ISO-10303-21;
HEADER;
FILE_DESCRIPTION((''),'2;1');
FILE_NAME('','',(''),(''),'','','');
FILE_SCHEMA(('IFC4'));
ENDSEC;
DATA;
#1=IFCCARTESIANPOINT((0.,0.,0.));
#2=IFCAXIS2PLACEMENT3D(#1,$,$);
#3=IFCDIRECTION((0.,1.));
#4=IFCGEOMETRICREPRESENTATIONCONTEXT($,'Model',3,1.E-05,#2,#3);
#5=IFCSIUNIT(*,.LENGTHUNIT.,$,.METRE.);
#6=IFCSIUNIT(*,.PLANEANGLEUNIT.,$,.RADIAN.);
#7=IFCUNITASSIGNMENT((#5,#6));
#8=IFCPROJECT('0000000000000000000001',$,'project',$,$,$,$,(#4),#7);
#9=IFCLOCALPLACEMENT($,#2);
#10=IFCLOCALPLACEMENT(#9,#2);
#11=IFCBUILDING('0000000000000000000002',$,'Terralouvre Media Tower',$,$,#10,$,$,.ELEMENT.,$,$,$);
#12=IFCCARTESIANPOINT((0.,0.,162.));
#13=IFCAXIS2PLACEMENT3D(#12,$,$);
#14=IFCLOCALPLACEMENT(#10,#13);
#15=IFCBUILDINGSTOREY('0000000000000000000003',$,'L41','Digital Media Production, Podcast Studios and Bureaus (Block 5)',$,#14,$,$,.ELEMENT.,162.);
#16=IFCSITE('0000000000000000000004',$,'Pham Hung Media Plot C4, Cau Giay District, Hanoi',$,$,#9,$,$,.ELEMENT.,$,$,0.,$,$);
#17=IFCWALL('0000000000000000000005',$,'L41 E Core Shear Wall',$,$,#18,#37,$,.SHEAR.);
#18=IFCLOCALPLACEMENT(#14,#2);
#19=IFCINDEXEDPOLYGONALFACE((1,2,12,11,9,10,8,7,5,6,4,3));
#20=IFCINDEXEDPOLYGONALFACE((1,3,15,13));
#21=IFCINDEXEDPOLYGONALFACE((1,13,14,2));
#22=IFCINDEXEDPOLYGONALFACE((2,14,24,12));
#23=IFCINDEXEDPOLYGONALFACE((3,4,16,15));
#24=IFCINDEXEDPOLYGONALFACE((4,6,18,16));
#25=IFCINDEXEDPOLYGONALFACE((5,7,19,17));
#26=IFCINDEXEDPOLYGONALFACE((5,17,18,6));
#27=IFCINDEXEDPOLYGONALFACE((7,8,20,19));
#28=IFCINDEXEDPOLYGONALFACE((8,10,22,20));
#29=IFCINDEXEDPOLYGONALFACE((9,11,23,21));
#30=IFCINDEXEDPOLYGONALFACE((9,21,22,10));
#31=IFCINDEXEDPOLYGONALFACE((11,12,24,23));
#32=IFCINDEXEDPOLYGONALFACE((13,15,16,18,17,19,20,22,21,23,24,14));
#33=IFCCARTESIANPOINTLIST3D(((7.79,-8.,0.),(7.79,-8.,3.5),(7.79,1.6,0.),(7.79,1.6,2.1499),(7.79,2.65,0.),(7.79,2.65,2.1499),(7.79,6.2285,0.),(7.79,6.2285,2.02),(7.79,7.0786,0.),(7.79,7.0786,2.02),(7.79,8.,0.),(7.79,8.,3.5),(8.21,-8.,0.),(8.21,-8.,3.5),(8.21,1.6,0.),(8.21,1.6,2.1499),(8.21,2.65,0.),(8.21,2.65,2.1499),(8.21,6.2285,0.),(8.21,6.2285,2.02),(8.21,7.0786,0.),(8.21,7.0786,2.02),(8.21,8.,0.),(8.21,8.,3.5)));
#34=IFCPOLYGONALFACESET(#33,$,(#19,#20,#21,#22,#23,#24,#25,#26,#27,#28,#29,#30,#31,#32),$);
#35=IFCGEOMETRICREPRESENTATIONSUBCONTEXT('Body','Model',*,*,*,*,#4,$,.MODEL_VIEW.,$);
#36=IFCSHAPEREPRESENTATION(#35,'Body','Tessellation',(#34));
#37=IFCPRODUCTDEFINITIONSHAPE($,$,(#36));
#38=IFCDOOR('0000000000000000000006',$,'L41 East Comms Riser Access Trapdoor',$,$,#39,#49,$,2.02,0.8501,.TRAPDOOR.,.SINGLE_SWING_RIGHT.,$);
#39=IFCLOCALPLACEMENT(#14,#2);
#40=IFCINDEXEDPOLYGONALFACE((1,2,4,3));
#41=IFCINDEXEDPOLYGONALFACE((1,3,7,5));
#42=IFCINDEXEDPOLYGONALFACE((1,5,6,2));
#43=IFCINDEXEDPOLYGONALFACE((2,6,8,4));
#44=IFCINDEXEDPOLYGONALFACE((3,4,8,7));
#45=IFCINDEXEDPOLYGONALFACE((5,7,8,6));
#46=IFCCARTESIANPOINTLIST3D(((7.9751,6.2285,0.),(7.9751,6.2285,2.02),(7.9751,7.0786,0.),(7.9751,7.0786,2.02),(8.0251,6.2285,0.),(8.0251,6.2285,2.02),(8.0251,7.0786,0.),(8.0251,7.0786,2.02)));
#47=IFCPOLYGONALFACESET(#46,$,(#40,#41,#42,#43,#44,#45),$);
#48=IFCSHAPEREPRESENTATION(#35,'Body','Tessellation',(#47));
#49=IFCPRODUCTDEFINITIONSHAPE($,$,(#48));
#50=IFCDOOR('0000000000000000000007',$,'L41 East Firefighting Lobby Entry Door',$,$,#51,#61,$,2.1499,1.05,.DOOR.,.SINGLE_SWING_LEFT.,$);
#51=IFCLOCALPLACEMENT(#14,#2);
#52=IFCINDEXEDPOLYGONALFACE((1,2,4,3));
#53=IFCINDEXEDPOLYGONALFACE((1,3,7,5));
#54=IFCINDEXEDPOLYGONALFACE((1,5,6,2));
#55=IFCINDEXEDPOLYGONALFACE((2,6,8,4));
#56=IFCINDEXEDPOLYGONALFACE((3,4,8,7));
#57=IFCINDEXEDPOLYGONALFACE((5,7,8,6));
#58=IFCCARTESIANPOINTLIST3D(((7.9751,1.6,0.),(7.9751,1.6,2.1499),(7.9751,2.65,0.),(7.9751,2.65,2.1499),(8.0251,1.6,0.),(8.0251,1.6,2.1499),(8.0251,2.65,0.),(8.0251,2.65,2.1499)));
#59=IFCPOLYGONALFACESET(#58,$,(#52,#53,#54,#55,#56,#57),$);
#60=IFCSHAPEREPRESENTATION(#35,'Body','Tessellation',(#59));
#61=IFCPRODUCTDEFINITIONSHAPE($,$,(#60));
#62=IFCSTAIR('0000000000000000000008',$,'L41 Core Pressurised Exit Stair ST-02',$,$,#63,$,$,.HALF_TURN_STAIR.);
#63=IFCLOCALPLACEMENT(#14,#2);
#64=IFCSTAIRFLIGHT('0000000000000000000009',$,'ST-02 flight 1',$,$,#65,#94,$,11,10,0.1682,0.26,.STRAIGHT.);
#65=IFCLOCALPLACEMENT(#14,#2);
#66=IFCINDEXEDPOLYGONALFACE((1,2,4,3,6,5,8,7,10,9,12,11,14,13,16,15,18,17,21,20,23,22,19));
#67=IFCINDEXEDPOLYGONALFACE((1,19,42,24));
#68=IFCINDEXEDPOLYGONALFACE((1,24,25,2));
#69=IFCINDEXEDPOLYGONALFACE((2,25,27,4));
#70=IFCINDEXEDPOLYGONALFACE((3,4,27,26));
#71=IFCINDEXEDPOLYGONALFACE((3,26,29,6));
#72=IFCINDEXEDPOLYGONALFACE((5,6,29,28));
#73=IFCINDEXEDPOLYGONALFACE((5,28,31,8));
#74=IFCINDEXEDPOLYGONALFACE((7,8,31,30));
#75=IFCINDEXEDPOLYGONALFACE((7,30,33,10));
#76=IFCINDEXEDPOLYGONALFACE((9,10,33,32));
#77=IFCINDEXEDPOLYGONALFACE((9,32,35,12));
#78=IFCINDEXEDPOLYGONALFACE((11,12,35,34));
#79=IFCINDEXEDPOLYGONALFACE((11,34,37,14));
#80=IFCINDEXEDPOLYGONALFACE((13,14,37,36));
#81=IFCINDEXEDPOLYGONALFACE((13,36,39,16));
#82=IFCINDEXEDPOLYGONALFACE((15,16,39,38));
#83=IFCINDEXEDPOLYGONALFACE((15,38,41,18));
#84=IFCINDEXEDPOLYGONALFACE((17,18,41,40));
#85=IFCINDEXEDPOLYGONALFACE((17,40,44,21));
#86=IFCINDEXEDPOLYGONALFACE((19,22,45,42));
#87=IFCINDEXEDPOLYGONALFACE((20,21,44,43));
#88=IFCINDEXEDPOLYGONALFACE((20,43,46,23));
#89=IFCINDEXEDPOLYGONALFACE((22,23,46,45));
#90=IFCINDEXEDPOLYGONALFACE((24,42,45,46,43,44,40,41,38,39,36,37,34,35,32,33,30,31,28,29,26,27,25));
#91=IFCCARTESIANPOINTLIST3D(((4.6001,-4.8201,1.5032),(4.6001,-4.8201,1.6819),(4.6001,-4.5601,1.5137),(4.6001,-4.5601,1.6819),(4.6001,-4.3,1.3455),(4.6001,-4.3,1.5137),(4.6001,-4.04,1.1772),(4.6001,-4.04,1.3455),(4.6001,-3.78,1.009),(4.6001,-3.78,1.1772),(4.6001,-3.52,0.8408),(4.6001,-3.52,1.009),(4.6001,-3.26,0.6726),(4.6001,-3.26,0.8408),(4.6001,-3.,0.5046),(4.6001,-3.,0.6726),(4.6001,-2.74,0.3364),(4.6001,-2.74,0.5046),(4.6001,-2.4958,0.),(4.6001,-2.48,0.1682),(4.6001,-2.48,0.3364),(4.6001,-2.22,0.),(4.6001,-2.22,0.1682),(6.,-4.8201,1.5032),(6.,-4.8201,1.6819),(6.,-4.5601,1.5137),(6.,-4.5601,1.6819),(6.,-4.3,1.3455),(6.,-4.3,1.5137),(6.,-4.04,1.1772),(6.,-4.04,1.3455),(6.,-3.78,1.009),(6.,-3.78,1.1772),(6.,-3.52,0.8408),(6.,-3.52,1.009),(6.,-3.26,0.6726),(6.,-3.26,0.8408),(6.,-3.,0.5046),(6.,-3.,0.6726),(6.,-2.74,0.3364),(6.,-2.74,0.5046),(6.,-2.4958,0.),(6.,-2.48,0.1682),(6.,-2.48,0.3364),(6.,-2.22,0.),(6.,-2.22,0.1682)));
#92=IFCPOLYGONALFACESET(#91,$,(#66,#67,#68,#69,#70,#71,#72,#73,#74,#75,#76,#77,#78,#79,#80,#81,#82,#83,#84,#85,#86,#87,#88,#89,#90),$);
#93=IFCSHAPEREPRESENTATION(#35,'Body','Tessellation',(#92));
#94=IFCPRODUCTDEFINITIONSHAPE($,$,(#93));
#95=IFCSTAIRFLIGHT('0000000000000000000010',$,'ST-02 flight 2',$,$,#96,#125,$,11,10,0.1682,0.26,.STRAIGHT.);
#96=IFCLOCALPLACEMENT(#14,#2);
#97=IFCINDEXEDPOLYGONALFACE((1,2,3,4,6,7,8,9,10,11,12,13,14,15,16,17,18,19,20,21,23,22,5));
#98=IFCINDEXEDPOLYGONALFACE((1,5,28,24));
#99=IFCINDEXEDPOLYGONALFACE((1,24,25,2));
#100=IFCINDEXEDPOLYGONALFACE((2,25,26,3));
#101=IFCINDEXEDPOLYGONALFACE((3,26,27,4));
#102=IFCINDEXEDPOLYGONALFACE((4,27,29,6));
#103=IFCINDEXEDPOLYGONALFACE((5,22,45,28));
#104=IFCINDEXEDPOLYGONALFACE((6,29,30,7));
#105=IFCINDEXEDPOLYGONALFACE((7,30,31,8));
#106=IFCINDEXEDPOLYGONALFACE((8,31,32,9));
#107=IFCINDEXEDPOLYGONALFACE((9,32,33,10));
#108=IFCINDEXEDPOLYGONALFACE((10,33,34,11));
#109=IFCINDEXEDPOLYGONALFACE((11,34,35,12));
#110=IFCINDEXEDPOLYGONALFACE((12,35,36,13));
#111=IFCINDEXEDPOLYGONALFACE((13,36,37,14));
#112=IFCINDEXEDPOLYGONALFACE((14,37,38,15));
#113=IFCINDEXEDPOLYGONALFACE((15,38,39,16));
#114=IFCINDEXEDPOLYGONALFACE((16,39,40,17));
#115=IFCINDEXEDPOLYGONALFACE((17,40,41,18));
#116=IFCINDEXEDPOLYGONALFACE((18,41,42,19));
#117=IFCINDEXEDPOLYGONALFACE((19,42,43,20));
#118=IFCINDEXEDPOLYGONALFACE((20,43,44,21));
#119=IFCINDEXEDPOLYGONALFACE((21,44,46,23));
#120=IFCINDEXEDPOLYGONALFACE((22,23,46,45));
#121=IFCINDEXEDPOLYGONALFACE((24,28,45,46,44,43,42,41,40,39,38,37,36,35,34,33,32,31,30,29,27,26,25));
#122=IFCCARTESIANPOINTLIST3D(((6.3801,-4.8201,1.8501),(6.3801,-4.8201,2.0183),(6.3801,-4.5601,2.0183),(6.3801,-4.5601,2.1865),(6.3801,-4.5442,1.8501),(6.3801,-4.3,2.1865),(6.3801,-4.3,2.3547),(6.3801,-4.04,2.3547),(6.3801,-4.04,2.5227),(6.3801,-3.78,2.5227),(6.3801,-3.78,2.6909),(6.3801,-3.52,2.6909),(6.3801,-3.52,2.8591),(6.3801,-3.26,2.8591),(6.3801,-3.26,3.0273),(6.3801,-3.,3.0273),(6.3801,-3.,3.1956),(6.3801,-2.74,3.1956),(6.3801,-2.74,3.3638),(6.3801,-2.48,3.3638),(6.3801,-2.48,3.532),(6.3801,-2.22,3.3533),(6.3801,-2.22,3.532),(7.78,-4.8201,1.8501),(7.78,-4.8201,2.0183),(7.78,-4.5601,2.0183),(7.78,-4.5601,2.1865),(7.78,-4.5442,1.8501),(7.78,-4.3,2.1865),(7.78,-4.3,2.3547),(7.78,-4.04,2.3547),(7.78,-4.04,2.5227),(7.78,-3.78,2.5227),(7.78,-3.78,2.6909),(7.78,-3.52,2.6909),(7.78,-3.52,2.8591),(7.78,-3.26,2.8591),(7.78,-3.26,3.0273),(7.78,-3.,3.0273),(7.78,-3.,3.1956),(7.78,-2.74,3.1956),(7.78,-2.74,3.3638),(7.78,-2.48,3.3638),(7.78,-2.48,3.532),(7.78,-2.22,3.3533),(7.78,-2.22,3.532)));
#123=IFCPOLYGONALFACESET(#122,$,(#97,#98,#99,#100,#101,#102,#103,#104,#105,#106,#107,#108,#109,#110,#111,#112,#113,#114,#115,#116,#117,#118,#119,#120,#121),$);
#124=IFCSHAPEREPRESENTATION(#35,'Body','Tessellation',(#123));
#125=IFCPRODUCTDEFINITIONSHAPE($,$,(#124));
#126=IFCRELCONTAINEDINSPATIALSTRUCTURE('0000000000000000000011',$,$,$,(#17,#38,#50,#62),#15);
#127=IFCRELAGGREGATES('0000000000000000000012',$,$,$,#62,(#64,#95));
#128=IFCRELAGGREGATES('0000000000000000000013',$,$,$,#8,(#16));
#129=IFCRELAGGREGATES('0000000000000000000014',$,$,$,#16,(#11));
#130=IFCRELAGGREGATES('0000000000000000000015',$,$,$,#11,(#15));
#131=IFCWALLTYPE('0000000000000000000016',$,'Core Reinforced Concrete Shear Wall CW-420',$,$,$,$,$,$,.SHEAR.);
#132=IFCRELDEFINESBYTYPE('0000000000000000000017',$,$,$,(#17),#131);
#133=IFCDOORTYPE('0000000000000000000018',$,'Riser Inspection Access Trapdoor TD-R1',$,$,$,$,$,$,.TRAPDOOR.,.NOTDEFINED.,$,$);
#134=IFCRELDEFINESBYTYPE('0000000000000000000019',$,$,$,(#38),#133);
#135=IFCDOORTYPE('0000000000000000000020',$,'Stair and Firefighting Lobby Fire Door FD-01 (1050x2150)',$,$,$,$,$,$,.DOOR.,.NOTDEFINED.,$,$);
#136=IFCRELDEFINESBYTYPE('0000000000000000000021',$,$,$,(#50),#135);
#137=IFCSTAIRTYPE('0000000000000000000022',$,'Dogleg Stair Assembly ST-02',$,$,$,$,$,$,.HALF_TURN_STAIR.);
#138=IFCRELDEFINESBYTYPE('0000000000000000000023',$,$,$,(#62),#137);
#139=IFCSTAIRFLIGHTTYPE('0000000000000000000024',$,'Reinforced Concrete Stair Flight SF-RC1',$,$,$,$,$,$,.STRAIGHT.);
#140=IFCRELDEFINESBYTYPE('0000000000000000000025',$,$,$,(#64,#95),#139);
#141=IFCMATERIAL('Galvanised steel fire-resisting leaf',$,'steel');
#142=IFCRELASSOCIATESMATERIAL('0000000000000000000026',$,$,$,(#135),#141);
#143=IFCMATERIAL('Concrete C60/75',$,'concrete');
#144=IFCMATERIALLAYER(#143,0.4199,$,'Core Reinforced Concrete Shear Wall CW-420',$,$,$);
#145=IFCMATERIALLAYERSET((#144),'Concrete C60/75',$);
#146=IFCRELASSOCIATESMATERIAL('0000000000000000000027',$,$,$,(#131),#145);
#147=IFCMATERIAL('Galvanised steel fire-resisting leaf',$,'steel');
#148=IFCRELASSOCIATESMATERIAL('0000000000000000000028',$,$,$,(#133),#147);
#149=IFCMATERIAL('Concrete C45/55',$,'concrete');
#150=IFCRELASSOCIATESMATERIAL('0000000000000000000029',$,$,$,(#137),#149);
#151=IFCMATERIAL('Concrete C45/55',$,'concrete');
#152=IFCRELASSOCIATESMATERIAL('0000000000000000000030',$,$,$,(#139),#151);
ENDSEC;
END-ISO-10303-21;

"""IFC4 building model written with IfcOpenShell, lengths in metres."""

from ifc_helpers import new_model, si_unit, direction, frame, frame_2d, origin, place, context, subcontext, project, spatial, polyline, rectangle, outline, extrude, material, layer, layer_set, type_object, element, fill, aggregate, save


model = new_model("IFC4")

# Units and contexts
model_context = context("Model", 3, precision=1e-05, world=origin(), true_north=direction((0.0, 1.0)))
body_context = subcontext(model_context, "Body", "Model", "MODEL_VIEW")
ifc_project = project(units=[si_unit("LENGTHUNIT", "METRE"), si_unit("PLANEANGLEUNIT", "RADIAN")], contexts=[model_context])

# Site, building, storey
site_placement = place(None, origin())
site = spatial("IfcSite", under=ifc_project, at=site_placement, Name="Pham Hung Media Plot C4, Cau Giay District, Hanoi", CompositionType="ELEMENT", RefElevation=0.0)
building_placement = place(site_placement, origin())
building = spatial("IfcBuilding", under=site, at=building_placement, Name="Terralouvre Media Tower", CompositionType="ELEMENT")
storey_placement = place(building_placement, frame((0.0, 0.0, 162.0)))
storey = spatial("IfcBuildingStorey", under=building, at=storey_placement, Name="L41", Description="Digital Media Production, Podcast Studios and Bureaus (Block 5)", CompositionType="ELEMENT", Elevation=162.0)

# Shared definitions
ifc_material_1 = material(Name="Galvanised steel fire-resisting leaf", Category="steel")
door_type_1 = type_object("IfcDoorType", Name="Stair and Firefighting Lobby Fire Door FD-01 (1050x2150)", OperationType="NOTDEFINED", PredefinedType="DOOR", material=ifc_material_1)

# Wall, openings, doors
ifc_material_2 = material(Name="Concrete C60/75", Category="concrete")
ifc_layer_1 = layer(ifc_material_2, 0.4199, Name="Core Reinforced Concrete Shear Wall CW-420")
ifc_layer_set_1 = layer_set([ifc_layer_1], Name="Concrete C60/75")
wall_type_1 = type_object("IfcWallType", Name="Core Reinforced Concrete Shear Wall CW-420", PredefinedType="SHEAR", material=ifc_layer_set_1)
wall_1_placement = place(storey_placement, frame((8.0, -8.0, 0.0), z_axis=(0.0, 0.0, 1.0), x_axis=(0.0, 1.0, 0.0)))
wall_1 = element("IfcWall", 1, at=wall_1_placement, inside=storey, type_object=wall_type_1, Name="L41 E Core Shear Wall", PredefinedType="SHEAR", context=body_context, shape_type="SweptSolid", body=[
    extrude(rectangle(XDim=16.0, YDim=0.4199, at=frame_2d((8.0, 0.0))), origin(), (0.0, 0.0, 1.0), 3.5),
])
opening_1_placement = place(wall_1_placement, frame((9.6001, 0.0, 0.0)))
opening_1 = element("IfcOpeningElement", 2, at=opening_1_placement, cuts=wall_1, PredefinedType="OPENING", context=body_context, shape_type="SweptSolid", body=[
    extrude(rectangle(XDim=1.05, YDim=2.1499, at=frame_2d((0.5249, 1.075))), frame((0.0, 0.22, 0.0), z_axis=(0.0, -1.0, 0.0), x_axis=(1.0, 0.0, 0.0)), (0.0, 0.0, 1.0), 0.4399),
])
opening_2_placement = place(wall_1_placement, frame((14.2285, 0.0, 0.0)))
opening_2 = element("IfcOpeningElement", 3, at=opening_2_placement, cuts=wall_1, PredefinedType="OPENING", context=body_context, shape_type="SweptSolid", body=[
    extrude(rectangle(XDim=0.8501, YDim=2.02, at=frame_2d((0.425, 1.01))), frame((0.0, 0.22, 0.0), z_axis=(0.0, -1.0, 0.0), x_axis=(1.0, 0.0, 0.0)), (0.0, 0.0, 1.0), 0.4399),
])
ifc_material_3 = material(Name="Galvanised steel fire-resisting leaf", Category="steel")
door_type_2 = type_object("IfcDoorType", Name="Riser Inspection Access Trapdoor TD-R1", OperationType="NOTDEFINED", PredefinedType="TRAPDOOR", material=ifc_material_3)
door_1_placement = place(opening_2_placement, origin())
door_1 = element("IfcDoor", 4, at=door_1_placement, inside=storey, type_object=door_type_2, Name="L41 East Comms Riser Access Trapdoor", OperationType="SINGLE_SWING_RIGHT", OverallHeight=2.02, OverallWidth=0.8501, PredefinedType="TRAPDOOR", context=body_context, shape_type="SweptSolid", body=[
    extrude(rectangle(XDim=0.8501, YDim=2.02, at=frame_2d((0.425, 1.01))), frame((0.0, 0.0249, 0.0), z_axis=(0.0, -1.0, 0.0), x_axis=(1.0, 0.0, 0.0)), (0.0, 0.0, 1.0), 0.05),
])
fill(opening_2, door_1)
door_2_placement = place(opening_1_placement, origin())
door_2 = element("IfcDoor", 5, at=door_2_placement, inside=storey, type_object=door_type_1, Name="L41 East Firefighting Lobby Entry Door", OperationType="SINGLE_SWING_LEFT", OverallHeight=2.1499, OverallWidth=1.05, PredefinedType="DOOR", context=body_context, shape_type="SweptSolid", body=[
    extrude(rectangle(XDim=1.05, YDim=2.1499, at=frame_2d((0.5249, 1.075))), frame((0.0, 0.0249, 0.0), z_axis=(0.0, -1.0, 0.0), x_axis=(1.0, 0.0, 0.0)), (0.0, 0.0, 1.0), 0.05),
])
fill(opening_1, door_2)

# Stair, stair flights
ifc_material_4 = material(Name="Concrete C45/55", Category="concrete")
stair_type = type_object("IfcStairType", Name="Dogleg Stair Assembly ST-02", PredefinedType="HALF_TURN_STAIR", material=ifc_material_4)
stair_placement = place(storey_placement, origin())
stair = element("IfcStair", 6, at=stair_placement, inside=storey, type_object=stair_type, Name="L41 Core Pressurised Exit Stair ST-02", PredefinedType="HALF_TURN_STAIR")
ifc_material_5 = material(Name="Concrete C45/55", Category="concrete")
stair_flight_type = type_object("IfcStairFlightType", Name="Reinforced Concrete Stair Flight SF-RC1", PredefinedType="STRAIGHT", material=ifc_material_5)
stair_flight_1_placement = place(storey_placement, frame((5.3, -2.22, 0.0), z_axis=(0.0, 0.0, 1.0), x_axis=(0.0, -1.0, 0.0)))
stair_flight_1 = element("IfcStairFlight", 7, at=stair_flight_1_placement, type_object=stair_flight_type, Name="ST-02 flight 1", NumberOfRisers=11, NumberOfTreads=10, PredefinedType="STRAIGHT", RiserHeight=0.1682, TreadLength=0.26, context=body_context, shape_type="SweptSolid", body=[
    extrude(outline(polyline([(0.0, 0.0), (0.0, 0.1682), (0.26, 0.1682), (0.26, 0.3364), (0.52, 0.3364), (0.52, 0.5046), (0.78, 0.5046), (0.78, 0.6726), (1.04, 0.6726), (1.04, 0.8408), (1.3, 0.8408), (1.3, 1.009), (1.5601, 1.009), (1.5601, 1.1772), (1.8201, 1.1772), (1.8201, 1.3455), (2.0801, 1.3455), (2.0801, 1.5137), (2.3401, 1.5137), (2.3401, 1.6819), (2.6001, 1.6819), (2.6001, 1.8501), (2.6001, 1.5032), (0.2759, 0.0), (0.0, 0.0)])), frame((0.0, 0.7, 0.0), z_axis=(0.0, -1.0, 0.0), x_axis=(1.0, 0.0, 0.0)), (0.0, 0.0, 1.0), 1.3999),
])
stair_flight_2_placement = place(storey_placement, frame((7.0801, -4.8201, 1.8501), z_axis=(0.0, 0.0, 1.0), x_axis=(0.0, 1.0, 0.0)))
stair_flight_2 = element("IfcStairFlight", 8, at=stair_flight_2_placement, type_object=stair_flight_type, Name="ST-02 flight 2", NumberOfRisers=11, NumberOfTreads=10, PredefinedType="STRAIGHT", RiserHeight=0.1682, TreadLength=0.26, context=body_context, shape_type="SweptSolid", body=[
    extrude(outline(polyline([(0.0, 0.0), (0.0, 0.1682), (0.26, 0.1682), (0.26, 0.3364), (0.52, 0.3364), (0.52, 0.5046), (0.78, 0.5046), (0.78, 0.6726), (1.04, 0.6726), (1.04, 0.8408), (1.3, 0.8408), (1.3, 1.009), (1.5601, 1.009), (1.5601, 1.1772), (1.8201, 1.1772), (1.8201, 1.3455), (2.0801, 1.3455), (2.0801, 1.5137), (2.3401, 1.5137), (2.3401, 1.6819), (2.6001, 1.6819), (2.6001, 1.8501), (2.6001, 1.5032), (0.2759, 0.0), (0.0, 0.0)])), frame((0.0, 0.7, 0.0), z_axis=(0.0, -1.0, 0.0), x_axis=(1.0, 0.0, 0.0)), (0.0, 0.0, 1.0), 1.3999),
])
aggregate(stair, [stair_flight_1, stair_flight_2])

save(model, "model.ifc")
